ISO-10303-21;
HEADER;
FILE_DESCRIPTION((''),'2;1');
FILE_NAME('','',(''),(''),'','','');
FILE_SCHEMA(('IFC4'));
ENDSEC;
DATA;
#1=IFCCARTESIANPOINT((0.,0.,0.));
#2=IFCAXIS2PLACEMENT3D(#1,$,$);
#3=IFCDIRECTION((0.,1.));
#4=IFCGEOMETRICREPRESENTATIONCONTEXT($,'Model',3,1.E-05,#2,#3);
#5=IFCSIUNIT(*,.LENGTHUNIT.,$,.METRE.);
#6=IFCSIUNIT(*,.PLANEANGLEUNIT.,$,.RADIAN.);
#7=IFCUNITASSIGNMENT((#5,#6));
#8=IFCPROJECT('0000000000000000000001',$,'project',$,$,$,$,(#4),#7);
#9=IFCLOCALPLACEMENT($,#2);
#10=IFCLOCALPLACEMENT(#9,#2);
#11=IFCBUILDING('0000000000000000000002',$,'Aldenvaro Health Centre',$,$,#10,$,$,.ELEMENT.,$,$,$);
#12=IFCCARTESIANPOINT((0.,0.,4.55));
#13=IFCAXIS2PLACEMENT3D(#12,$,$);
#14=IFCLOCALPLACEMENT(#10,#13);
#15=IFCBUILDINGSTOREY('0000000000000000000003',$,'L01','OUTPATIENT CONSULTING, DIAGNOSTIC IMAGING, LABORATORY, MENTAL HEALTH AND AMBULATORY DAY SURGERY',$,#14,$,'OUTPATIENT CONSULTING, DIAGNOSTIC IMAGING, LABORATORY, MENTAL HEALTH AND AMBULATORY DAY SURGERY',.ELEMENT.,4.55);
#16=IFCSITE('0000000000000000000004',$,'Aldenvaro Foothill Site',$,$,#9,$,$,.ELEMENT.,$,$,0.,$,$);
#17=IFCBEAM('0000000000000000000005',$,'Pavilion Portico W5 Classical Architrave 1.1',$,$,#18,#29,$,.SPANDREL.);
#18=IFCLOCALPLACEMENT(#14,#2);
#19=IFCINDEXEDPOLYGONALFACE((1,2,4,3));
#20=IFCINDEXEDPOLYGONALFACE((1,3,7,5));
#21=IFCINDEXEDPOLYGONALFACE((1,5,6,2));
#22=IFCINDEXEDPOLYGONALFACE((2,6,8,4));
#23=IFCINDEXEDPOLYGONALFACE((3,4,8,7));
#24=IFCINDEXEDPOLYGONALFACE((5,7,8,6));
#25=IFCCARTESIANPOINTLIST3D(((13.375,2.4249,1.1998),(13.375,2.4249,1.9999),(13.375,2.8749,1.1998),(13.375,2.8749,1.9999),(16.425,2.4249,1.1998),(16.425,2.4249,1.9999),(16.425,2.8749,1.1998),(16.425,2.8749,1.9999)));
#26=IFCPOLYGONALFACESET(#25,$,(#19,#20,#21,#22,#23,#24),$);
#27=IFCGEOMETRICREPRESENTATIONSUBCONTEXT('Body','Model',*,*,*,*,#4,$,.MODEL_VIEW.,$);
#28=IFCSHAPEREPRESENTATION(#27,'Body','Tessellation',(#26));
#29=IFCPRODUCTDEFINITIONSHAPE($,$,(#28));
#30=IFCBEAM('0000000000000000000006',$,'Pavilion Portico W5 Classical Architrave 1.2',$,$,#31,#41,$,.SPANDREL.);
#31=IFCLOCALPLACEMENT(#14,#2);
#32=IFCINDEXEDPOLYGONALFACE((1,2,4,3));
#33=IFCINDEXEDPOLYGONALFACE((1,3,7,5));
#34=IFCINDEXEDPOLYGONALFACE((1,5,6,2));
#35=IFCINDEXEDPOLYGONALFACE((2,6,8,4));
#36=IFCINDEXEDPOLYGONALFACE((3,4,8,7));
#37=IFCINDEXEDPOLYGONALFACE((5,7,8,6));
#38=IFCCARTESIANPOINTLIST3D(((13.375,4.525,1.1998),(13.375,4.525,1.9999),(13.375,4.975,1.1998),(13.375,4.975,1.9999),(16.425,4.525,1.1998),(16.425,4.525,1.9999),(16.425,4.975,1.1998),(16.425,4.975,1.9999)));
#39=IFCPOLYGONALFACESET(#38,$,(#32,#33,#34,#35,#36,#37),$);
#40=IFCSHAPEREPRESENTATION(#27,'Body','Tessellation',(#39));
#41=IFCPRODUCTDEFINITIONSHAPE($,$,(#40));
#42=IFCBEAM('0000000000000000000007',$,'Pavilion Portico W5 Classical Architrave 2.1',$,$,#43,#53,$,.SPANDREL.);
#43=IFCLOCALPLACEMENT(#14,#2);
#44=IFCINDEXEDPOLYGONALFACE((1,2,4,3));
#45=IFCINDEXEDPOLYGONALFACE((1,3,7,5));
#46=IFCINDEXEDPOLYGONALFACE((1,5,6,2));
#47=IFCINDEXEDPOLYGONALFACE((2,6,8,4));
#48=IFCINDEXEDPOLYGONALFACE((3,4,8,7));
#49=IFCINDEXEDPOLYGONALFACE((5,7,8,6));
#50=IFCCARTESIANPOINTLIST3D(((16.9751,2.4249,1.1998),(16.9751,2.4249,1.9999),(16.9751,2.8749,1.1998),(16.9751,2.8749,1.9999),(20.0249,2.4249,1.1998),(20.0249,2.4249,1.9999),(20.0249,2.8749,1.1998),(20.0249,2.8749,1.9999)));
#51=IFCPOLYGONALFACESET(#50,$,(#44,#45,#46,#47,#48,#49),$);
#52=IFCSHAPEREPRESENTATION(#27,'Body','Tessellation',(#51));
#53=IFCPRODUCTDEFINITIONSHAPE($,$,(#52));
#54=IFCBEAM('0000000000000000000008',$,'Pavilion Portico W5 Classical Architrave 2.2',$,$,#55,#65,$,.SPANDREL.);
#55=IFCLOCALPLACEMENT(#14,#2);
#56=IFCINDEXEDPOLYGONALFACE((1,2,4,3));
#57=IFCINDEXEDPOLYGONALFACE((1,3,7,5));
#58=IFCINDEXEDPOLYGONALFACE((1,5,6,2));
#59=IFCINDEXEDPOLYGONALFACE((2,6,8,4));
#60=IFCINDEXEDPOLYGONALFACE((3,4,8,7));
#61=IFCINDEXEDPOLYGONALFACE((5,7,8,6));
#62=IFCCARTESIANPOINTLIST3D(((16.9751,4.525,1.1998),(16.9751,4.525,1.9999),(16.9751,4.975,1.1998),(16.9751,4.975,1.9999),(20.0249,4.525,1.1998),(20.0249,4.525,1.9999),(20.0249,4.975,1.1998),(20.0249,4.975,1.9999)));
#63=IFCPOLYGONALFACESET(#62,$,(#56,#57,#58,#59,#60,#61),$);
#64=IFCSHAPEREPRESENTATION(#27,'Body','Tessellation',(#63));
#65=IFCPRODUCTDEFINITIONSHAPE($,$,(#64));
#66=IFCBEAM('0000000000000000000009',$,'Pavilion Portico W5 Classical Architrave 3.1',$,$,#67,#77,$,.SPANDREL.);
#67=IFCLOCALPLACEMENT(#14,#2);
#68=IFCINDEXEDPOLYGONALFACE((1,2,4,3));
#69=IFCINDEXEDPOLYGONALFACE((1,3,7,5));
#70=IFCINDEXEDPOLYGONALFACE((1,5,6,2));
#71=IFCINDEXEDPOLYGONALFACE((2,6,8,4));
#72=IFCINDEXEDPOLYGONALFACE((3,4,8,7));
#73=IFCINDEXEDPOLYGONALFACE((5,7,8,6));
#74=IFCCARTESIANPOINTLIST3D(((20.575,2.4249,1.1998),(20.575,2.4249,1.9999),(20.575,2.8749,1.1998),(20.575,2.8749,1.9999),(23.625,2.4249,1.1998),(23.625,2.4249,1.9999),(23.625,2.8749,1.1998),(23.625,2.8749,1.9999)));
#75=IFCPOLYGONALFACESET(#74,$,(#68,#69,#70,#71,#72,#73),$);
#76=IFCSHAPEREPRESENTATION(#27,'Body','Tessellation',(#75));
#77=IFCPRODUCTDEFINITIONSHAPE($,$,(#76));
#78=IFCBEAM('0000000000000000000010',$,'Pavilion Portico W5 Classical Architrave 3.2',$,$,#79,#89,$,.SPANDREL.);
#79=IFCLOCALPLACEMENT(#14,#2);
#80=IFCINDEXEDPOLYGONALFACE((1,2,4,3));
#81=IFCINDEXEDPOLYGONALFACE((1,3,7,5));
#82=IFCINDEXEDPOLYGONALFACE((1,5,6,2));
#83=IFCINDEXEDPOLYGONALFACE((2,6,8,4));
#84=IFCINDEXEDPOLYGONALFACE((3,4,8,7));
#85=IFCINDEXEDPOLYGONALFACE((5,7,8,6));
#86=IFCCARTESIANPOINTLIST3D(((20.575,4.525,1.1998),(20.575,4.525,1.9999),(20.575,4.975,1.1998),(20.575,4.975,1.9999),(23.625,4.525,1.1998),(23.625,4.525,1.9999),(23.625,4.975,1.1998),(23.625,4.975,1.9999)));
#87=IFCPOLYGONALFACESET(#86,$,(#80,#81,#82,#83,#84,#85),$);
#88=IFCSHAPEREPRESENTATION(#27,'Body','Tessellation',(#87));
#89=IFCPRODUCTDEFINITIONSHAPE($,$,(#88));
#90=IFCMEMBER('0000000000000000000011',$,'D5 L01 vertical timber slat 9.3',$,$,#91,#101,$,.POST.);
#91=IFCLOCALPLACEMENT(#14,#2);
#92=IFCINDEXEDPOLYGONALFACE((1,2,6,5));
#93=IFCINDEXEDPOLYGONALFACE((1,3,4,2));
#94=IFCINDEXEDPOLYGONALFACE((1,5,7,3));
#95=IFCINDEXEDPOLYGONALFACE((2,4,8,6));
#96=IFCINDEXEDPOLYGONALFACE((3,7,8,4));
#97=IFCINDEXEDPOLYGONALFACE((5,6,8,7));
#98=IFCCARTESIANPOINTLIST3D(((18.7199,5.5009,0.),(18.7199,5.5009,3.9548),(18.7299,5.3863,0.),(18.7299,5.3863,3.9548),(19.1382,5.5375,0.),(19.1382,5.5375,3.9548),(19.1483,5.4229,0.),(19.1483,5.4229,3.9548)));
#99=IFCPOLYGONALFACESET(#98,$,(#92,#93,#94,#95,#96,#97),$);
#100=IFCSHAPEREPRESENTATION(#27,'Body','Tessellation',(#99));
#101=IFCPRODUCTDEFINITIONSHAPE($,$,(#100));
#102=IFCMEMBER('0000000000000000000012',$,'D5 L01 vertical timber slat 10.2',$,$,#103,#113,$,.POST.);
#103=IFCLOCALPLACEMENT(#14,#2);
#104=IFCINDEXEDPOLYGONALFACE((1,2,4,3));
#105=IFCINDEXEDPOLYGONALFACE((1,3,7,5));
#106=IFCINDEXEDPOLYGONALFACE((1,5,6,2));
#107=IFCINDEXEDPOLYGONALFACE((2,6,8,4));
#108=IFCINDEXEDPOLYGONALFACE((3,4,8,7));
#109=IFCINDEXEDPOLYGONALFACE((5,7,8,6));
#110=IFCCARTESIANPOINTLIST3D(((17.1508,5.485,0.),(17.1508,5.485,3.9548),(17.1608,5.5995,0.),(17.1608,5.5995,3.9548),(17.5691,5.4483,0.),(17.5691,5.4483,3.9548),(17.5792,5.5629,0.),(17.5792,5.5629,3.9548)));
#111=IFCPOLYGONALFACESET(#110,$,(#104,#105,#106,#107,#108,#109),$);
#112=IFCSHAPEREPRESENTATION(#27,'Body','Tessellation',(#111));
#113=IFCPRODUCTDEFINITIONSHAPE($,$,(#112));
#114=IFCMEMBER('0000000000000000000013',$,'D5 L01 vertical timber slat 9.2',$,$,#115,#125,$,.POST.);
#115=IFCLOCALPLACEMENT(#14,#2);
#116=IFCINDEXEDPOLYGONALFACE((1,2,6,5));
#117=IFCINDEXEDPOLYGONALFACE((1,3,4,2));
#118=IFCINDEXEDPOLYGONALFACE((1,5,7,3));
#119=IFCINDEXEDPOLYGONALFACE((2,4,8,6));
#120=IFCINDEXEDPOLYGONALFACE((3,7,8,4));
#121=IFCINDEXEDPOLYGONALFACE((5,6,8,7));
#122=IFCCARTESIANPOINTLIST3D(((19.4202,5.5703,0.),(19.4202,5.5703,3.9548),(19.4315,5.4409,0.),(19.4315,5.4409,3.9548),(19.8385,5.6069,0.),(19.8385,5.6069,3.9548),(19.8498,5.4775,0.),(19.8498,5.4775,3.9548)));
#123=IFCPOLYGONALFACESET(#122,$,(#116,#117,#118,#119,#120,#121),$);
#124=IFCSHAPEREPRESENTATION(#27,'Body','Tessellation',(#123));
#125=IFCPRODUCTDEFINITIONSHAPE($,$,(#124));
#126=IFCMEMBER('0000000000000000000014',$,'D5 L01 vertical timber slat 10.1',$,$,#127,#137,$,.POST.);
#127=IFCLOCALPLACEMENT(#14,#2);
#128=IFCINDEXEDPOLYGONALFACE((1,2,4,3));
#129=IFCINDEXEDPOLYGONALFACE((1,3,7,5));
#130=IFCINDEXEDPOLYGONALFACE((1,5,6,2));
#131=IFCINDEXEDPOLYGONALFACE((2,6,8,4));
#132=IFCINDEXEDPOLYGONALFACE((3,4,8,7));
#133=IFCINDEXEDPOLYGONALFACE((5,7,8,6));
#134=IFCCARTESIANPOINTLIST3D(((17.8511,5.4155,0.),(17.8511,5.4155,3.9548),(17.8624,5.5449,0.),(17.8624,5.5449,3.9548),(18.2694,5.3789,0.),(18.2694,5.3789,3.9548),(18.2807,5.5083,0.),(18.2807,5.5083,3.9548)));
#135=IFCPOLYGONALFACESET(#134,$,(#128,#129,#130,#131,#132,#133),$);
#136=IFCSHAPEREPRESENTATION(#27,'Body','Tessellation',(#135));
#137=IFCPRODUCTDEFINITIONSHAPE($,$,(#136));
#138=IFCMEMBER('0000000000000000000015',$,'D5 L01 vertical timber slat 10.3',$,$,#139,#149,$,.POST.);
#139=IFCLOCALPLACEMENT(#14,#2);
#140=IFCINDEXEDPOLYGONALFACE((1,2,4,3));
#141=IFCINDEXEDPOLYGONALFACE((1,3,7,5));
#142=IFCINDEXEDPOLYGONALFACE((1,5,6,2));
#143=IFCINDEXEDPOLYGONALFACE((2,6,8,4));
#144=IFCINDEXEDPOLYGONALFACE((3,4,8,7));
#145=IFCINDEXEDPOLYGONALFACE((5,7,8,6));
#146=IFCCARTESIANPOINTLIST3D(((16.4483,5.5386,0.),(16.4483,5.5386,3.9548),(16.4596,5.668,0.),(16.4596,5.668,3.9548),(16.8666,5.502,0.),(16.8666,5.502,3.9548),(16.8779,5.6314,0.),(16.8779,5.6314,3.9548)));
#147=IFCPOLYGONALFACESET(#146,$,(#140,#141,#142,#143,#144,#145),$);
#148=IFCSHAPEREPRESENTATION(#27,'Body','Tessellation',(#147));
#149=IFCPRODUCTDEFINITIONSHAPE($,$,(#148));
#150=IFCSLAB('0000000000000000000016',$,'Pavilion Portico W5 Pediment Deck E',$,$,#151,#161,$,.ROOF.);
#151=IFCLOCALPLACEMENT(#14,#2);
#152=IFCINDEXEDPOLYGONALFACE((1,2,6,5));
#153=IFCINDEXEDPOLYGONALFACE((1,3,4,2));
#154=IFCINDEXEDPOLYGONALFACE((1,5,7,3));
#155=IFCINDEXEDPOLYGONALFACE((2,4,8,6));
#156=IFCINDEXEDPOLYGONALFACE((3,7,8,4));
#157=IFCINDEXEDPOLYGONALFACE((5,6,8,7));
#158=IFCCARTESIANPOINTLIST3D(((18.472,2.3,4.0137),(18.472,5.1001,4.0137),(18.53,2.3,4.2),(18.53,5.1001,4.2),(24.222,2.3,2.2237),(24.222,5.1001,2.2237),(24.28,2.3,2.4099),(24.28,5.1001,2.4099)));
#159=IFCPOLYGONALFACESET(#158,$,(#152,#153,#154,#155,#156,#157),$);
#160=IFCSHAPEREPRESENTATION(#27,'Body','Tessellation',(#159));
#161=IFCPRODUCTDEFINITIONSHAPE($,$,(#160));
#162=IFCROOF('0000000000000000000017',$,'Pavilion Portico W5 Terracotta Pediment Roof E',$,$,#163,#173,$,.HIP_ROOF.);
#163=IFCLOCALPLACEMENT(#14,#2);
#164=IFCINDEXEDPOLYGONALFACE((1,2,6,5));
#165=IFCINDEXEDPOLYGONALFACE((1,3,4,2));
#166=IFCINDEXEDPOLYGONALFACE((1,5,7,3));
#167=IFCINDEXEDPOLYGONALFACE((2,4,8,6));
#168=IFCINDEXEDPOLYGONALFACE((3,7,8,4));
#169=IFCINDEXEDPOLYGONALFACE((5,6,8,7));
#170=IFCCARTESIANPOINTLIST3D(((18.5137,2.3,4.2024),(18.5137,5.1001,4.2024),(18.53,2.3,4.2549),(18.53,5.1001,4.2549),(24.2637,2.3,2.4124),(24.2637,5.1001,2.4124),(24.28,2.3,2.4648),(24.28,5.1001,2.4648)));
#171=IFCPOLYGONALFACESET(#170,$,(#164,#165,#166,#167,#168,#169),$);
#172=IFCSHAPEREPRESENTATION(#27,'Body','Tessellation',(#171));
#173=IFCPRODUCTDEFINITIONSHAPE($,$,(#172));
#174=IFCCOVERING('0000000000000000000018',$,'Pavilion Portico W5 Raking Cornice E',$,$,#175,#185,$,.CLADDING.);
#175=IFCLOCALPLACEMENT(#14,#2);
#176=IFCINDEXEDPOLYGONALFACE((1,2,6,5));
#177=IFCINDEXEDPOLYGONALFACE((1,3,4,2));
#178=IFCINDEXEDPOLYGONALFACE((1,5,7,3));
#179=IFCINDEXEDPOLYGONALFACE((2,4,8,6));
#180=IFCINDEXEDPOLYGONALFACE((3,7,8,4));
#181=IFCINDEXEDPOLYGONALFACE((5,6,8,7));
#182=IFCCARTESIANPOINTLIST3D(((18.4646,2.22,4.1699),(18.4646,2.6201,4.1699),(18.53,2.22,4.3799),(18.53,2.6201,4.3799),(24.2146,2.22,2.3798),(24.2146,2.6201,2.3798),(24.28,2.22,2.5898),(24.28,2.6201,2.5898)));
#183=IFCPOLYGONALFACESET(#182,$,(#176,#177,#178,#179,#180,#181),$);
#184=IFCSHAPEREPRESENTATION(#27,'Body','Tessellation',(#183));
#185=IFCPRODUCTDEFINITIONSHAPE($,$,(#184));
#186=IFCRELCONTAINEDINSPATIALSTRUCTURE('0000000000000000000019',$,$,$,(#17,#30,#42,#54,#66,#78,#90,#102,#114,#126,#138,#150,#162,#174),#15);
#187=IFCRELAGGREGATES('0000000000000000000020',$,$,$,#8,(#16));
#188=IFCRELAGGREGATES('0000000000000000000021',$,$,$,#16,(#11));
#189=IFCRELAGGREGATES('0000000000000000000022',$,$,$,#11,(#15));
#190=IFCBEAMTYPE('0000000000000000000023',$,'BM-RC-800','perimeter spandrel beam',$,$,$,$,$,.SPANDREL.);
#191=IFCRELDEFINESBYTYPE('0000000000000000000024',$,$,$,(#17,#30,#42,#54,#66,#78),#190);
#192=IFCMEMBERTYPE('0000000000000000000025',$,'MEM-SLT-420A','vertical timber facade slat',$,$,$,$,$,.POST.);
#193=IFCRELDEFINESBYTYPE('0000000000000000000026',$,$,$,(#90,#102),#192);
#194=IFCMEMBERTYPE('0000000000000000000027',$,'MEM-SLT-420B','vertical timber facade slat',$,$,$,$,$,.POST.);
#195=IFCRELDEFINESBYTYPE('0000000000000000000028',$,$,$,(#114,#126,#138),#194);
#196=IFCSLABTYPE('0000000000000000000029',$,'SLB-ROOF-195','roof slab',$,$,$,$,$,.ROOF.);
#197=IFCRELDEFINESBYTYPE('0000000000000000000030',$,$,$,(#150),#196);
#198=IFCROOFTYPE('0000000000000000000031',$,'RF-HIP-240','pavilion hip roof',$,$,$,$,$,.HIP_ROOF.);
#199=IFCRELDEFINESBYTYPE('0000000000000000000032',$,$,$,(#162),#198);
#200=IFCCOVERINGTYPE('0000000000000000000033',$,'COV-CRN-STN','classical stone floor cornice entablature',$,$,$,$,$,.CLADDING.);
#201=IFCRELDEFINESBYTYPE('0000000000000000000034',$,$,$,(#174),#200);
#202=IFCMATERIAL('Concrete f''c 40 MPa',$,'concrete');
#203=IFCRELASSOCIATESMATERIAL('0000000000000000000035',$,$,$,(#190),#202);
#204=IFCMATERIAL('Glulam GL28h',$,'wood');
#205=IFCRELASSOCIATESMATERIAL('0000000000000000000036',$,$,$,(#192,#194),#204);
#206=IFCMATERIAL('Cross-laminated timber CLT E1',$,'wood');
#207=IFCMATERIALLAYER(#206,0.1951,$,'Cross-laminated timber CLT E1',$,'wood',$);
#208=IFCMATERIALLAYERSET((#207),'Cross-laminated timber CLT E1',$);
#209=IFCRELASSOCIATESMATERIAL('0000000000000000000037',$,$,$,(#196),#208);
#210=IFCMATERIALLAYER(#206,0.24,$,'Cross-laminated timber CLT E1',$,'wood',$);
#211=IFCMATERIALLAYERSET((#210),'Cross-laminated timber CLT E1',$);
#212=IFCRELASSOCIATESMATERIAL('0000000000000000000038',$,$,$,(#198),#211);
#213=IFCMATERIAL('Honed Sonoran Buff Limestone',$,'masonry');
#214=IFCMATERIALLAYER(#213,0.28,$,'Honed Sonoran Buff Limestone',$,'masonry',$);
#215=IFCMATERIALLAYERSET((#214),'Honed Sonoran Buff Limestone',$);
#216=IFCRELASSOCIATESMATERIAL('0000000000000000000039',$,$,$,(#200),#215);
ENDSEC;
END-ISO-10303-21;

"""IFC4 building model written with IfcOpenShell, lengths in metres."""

from ifc_helpers import new_model, si_unit, direction, frame, origin, origin_2d, place, context, subcontext, project, spatial, polyline, rectangle, outline, extrude, material, layer, layer_set, material_profile, profile_set, type_object, element, save


model = new_model("IFC4")

# Units and contexts
model_context = context("Model", 3, precision=1e-05, world=origin(), true_north=direction((0.0, 1.0)))
body_context = subcontext(model_context, "Body", "Model", "MODEL_VIEW")
ifc_project = project(units=[si_unit("LENGTHUNIT", "METRE"), si_unit("PLANEANGLEUNIT", "RADIAN")], contexts=[model_context])

# Site, building, storey
site_placement = place(None, origin())
site = spatial("IfcSite", under=ifc_project, at=site_placement, Name="Aldenvaro Foothill Site", CompositionType="ELEMENT", RefElevation=0.0)
building_placement = place(site_placement, origin())
building = spatial("IfcBuilding", under=site, at=building_placement, Name="Aldenvaro Health Centre", CompositionType="ELEMENT")
storey_placement = place(building_placement, frame((0.0, 0.0, 4.55)))
storey = spatial("IfcBuildingStorey", under=building, at=storey_placement, Name="L01", Description="OUTPATIENT CONSULTING, DIAGNOSTIC IMAGING, LABORATORY, MENTAL HEALTH AND AMBULATORY DAY SURGERY", LongName="OUTPATIENT CONSULTING, DIAGNOSTIC IMAGING, LABORATORY, MENTAL HEALTH AND AMBULATORY DAY SURGERY", CompositionType="ELEMENT", Elevation=4.55)

# Shared definitions
ifc_material_1 = material(Name="Concrete f'c 40 MPa", Category="concrete")

# Beams
ifc_material_2 = material(Name="Glulam GL28h", Category="wood")
ifc_material_profile_1 = material_profile(ifc_material_1, rectangle(XDim=0.45, YDim=0.8, at=origin_2d()), Name="RC 450x800", Category="concrete")
ifc_profile_set_1 = profile_set([ifc_material_profile_1], Name="Concrete f'c 40 MPa")
beam_type_1 = type_object("IfcBeamType", Name="BM-RC-800", Description="perimeter spandrel beam", PredefinedType="SPANDREL", material=ifc_profile_set_1)
for number, where, z_axis, x_axis, name in (
    (1, (13.375, 2.6499, 1.5999), (1.0, 0.0, 0.0), (0.0, 1.0, 0.0), "Pavilion Portico W5 Classical Architrave 1.1"),
    (2, (13.375, 4.75, 1.5999), (1.0, 0.0, 0.0), (0.0, 1.0, 0.0), "Pavilion Portico W5 Classical Architrave 1.2"),
):
    element("IfcBeam", number, at=place(storey_placement, frame(where, z_axis=z_axis, x_axis=x_axis)), inside=storey, type_object=beam_type_1, Name=name, PredefinedType="SPANDREL", context=body_context, shape_type="SweptSolid", body=[
        extrude(rectangle(XDim=0.45, YDim=0.8, at=origin_2d()), origin(), (0.0, 0.0, 1.0), 3.05),
    ])
for number, where, z_axis, x_axis, name in (
    (3, (16.9751, 2.6499, 1.5999), (1.0, 0.0, 0.0), (0.0, 1.0, 0.0), "Pavilion Portico W5 Classical Architrave 2.1"),
    (4, (16.9751, 4.75, 1.5999), (1.0, 0.0, 0.0), (0.0, 1.0, 0.0), "Pavilion Portico W5 Classical Architrave 2.2"),
):
    element("IfcBeam", number, at=place(storey_placement, frame(where, z_axis=z_axis, x_axis=x_axis)), inside=storey, type_object=beam_type_1, Name=name, PredefinedType="SPANDREL", context=body_context, shape_type="SweptSolid", body=[
        extrude(rectangle(XDim=0.45, YDim=0.8, at=origin_2d()), origin(), (0.0, 0.0, 1.0), 3.0498),
    ])
for number, where, z_axis, x_axis, name in (
    (5, (20.575, 2.6499, 1.5999), (1.0, 0.0, 0.0), (0.0, 1.0, 0.0), "Pavilion Portico W5 Classical Architrave 3.1"),
    (6, (20.575, 4.75, 1.5999), (1.0, 0.0, 0.0), (0.0, 1.0, 0.0), "Pavilion Portico W5 Classical Architrave 3.2"),
):
    element("IfcBeam", number, at=place(storey_placement, frame(where, z_axis=z_axis, x_axis=x_axis)), inside=storey, type_object=beam_type_1, Name=name, PredefinedType="SPANDREL", context=body_context, shape_type="SweptSolid", body=[
        extrude(rectangle(XDim=0.45, YDim=0.8, at=origin_2d()), origin(), (0.0, 0.0, 1.0), 3.05),
    ])

# Members
ifc_material_profile_2 = material_profile(ifc_material_2, rectangle(XDim=0.115, YDim=0.4199, at=origin_2d()), Name="GL 115x420", Category="wood")
ifc_profile_set_2 = profile_set([ifc_material_profile_2], Name="Glulam GL28h")
member_type_1 = type_object("IfcMemberType", Name="MEM-SLT-420A", Description="vertical timber facade slat", PredefinedType="POST", material=ifc_profile_set_2)
for number, where, z_axis, x_axis, name in (
    (7, (18.9341, 5.4619, 0.0), (0.0, 0.0, 1.0), (0.087167, -0.996194, 0.0), "D5 L01 vertical timber slat 9.3"),
    (8, (17.365, 5.5239, 0.0), (0.0, 0.0, 1.0), (-0.087167, -0.996194, 0.0), "D5 L01 vertical timber slat 10.2"),
):
    element("IfcMember", number, at=place(storey_placement, frame(where, z_axis=z_axis, x_axis=x_axis)), inside=storey, type_object=member_type_1, Name=name, PredefinedType="POST", context=body_context, shape_type="SweptSolid", body=[
        extrude(rectangle(XDim=0.115, YDim=0.4199, at=origin_2d()), origin(), (0.0, 0.0, 1.0), 3.9548),
    ])
ifc_material_profile_3 = material_profile(ifc_material_2, rectangle(XDim=0.1299, YDim=0.4199, at=origin_2d()), Name="GL 130x420", Category="wood")
ifc_profile_set_3 = profile_set([ifc_material_profile_3], Name="Glulam GL28h")
member_type_2 = type_object("IfcMemberType", Name="MEM-SLT-420B", Description="vertical timber facade slat", PredefinedType="POST", material=ifc_profile_set_3)
for number, where, z_axis, x_axis, name in (
    (9, (19.635, 5.5239, 0.0), (0.0, 0.0, 1.0), (0.087167, -0.996194, 0.0), "D5 L01 vertical timber slat 9.2"),
    (10, (18.0659, 5.4619, 0.0), (0.0, 0.0, 1.0), (-0.087167, -0.996194, 0.0), "D5 L01 vertical timber slat 10.1"),
    (11, (16.6631, 5.585, 0.0), (0.0, 0.0, 1.0), (-0.087167, -0.996194, 0.0), "D5 L01 vertical timber slat 10.3"),
):
    element("IfcMember", number, at=place(storey_placement, frame(where, z_axis=z_axis, x_axis=x_axis)), inside=storey, type_object=member_type_2, Name=name, PredefinedType="POST", context=body_context, shape_type="SweptSolid", body=[
        extrude(rectangle(XDim=0.1299, YDim=0.4199, at=origin_2d()), origin(), (0.0, 0.0, 1.0), 3.9548),
    ])

# Slab
ifc_material_3 = material(Name="Cross-laminated timber CLT E1", Category="wood")
ifc_layer_1 = layer(ifc_material_3, 0.1951, Name="Cross-laminated timber CLT E1", Category="wood")
ifc_layer_set_1 = layer_set([ifc_layer_1], Name="Cross-laminated timber CLT E1")
slab_type = type_object("IfcSlabType", Name="SLB-ROOF-195", Description="roof slab", PredefinedType="ROOF", material=ifc_layer_set_1)
slab_placement = place(storey_placement, frame((18.53, 2.3, 4.2), z_axis=(0.297241, 0.0, 0.954803), x_axis=(0.954803, 0.0, -0.297241)))
element("IfcSlab", 12, at=slab_placement, inside=storey, type_object=slab_type, Name="Pavilion Portico W5 Pediment Deck E", PredefinedType="ROOF", context=body_context, shape_type="SweptSolid", body=[
    extrude(outline(polyline([(0.0, 0.0), (6.0222, 0.0), (6.0222, 2.8), (0.0, 2.8), (0.0, 0.0)])), origin(), (0.0, 0.0, -1.0), 0.1951),
])

# Roof
ifc_layer_2 = layer(ifc_material_3, 0.24, Name="Cross-laminated timber CLT E1", Category="wood")
ifc_layer_set_2 = layer_set([ifc_layer_2], Name="Cross-laminated timber CLT E1")
roof_type = type_object("IfcRoofType", Name="RF-HIP-240", Description="pavilion hip roof", PredefinedType="HIP_ROOF", material=ifc_layer_set_2)
roof_placement = place(storey_placement, frame((18.53, 2.3, 4.2549), z_axis=(0.297241, 0.0, 0.954803), x_axis=(0.954803, 0.0, -0.297241)))
element("IfcRoof", 13, at=roof_placement, inside=storey, type_object=roof_type, Name="Pavilion Portico W5 Terracotta Pediment Roof E", PredefinedType="HIP_ROOF", context=body_context, shape_type="SweptSolid", body=[
    extrude(outline(polyline([(0.0, 0.0), (6.0222, 0.0), (6.0222, 2.8), (0.0, 2.8), (0.0, 0.0)])), origin(), (0.0, 0.0, -1.0), 0.0549),
])

# Covering
ifc_material_4 = material(Name="Honed Sonoran Buff Limestone", Category="masonry")
ifc_layer_3 = layer(ifc_material_4, 0.28, Name="Honed Sonoran Buff Limestone", Category="masonry")
ifc_layer_set_3 = layer_set([ifc_layer_3], Name="Honed Sonoran Buff Limestone")
covering_type = type_object("IfcCoveringType", Name="COV-CRN-STN", Description="classical stone floor cornice entablature", PredefinedType="CLADDING", material=ifc_layer_set_3)
covering_placement = place(storey_placement, frame((18.53, 2.22, 4.3799), z_axis=(0.297241, 0.0, 0.954803), x_axis=(0.954803, 0.0, -0.297241)))
element("IfcCovering", 14, at=covering_placement, inside=storey, type_object=covering_type, Name="Pavilion Portico W5 Raking Cornice E", PredefinedType="CLADDING", context=body_context, shape_type="SweptSolid", body=[
    extrude(outline(polyline([(0.0, 0.0), (6.0222, 0.0), (6.0222, 0.4001), (0.0, 0.4001), (0.0, 0.0)])), origin(), (0.0, 0.0, -1.0), 0.22),
])

save(model, "model.ifc")
